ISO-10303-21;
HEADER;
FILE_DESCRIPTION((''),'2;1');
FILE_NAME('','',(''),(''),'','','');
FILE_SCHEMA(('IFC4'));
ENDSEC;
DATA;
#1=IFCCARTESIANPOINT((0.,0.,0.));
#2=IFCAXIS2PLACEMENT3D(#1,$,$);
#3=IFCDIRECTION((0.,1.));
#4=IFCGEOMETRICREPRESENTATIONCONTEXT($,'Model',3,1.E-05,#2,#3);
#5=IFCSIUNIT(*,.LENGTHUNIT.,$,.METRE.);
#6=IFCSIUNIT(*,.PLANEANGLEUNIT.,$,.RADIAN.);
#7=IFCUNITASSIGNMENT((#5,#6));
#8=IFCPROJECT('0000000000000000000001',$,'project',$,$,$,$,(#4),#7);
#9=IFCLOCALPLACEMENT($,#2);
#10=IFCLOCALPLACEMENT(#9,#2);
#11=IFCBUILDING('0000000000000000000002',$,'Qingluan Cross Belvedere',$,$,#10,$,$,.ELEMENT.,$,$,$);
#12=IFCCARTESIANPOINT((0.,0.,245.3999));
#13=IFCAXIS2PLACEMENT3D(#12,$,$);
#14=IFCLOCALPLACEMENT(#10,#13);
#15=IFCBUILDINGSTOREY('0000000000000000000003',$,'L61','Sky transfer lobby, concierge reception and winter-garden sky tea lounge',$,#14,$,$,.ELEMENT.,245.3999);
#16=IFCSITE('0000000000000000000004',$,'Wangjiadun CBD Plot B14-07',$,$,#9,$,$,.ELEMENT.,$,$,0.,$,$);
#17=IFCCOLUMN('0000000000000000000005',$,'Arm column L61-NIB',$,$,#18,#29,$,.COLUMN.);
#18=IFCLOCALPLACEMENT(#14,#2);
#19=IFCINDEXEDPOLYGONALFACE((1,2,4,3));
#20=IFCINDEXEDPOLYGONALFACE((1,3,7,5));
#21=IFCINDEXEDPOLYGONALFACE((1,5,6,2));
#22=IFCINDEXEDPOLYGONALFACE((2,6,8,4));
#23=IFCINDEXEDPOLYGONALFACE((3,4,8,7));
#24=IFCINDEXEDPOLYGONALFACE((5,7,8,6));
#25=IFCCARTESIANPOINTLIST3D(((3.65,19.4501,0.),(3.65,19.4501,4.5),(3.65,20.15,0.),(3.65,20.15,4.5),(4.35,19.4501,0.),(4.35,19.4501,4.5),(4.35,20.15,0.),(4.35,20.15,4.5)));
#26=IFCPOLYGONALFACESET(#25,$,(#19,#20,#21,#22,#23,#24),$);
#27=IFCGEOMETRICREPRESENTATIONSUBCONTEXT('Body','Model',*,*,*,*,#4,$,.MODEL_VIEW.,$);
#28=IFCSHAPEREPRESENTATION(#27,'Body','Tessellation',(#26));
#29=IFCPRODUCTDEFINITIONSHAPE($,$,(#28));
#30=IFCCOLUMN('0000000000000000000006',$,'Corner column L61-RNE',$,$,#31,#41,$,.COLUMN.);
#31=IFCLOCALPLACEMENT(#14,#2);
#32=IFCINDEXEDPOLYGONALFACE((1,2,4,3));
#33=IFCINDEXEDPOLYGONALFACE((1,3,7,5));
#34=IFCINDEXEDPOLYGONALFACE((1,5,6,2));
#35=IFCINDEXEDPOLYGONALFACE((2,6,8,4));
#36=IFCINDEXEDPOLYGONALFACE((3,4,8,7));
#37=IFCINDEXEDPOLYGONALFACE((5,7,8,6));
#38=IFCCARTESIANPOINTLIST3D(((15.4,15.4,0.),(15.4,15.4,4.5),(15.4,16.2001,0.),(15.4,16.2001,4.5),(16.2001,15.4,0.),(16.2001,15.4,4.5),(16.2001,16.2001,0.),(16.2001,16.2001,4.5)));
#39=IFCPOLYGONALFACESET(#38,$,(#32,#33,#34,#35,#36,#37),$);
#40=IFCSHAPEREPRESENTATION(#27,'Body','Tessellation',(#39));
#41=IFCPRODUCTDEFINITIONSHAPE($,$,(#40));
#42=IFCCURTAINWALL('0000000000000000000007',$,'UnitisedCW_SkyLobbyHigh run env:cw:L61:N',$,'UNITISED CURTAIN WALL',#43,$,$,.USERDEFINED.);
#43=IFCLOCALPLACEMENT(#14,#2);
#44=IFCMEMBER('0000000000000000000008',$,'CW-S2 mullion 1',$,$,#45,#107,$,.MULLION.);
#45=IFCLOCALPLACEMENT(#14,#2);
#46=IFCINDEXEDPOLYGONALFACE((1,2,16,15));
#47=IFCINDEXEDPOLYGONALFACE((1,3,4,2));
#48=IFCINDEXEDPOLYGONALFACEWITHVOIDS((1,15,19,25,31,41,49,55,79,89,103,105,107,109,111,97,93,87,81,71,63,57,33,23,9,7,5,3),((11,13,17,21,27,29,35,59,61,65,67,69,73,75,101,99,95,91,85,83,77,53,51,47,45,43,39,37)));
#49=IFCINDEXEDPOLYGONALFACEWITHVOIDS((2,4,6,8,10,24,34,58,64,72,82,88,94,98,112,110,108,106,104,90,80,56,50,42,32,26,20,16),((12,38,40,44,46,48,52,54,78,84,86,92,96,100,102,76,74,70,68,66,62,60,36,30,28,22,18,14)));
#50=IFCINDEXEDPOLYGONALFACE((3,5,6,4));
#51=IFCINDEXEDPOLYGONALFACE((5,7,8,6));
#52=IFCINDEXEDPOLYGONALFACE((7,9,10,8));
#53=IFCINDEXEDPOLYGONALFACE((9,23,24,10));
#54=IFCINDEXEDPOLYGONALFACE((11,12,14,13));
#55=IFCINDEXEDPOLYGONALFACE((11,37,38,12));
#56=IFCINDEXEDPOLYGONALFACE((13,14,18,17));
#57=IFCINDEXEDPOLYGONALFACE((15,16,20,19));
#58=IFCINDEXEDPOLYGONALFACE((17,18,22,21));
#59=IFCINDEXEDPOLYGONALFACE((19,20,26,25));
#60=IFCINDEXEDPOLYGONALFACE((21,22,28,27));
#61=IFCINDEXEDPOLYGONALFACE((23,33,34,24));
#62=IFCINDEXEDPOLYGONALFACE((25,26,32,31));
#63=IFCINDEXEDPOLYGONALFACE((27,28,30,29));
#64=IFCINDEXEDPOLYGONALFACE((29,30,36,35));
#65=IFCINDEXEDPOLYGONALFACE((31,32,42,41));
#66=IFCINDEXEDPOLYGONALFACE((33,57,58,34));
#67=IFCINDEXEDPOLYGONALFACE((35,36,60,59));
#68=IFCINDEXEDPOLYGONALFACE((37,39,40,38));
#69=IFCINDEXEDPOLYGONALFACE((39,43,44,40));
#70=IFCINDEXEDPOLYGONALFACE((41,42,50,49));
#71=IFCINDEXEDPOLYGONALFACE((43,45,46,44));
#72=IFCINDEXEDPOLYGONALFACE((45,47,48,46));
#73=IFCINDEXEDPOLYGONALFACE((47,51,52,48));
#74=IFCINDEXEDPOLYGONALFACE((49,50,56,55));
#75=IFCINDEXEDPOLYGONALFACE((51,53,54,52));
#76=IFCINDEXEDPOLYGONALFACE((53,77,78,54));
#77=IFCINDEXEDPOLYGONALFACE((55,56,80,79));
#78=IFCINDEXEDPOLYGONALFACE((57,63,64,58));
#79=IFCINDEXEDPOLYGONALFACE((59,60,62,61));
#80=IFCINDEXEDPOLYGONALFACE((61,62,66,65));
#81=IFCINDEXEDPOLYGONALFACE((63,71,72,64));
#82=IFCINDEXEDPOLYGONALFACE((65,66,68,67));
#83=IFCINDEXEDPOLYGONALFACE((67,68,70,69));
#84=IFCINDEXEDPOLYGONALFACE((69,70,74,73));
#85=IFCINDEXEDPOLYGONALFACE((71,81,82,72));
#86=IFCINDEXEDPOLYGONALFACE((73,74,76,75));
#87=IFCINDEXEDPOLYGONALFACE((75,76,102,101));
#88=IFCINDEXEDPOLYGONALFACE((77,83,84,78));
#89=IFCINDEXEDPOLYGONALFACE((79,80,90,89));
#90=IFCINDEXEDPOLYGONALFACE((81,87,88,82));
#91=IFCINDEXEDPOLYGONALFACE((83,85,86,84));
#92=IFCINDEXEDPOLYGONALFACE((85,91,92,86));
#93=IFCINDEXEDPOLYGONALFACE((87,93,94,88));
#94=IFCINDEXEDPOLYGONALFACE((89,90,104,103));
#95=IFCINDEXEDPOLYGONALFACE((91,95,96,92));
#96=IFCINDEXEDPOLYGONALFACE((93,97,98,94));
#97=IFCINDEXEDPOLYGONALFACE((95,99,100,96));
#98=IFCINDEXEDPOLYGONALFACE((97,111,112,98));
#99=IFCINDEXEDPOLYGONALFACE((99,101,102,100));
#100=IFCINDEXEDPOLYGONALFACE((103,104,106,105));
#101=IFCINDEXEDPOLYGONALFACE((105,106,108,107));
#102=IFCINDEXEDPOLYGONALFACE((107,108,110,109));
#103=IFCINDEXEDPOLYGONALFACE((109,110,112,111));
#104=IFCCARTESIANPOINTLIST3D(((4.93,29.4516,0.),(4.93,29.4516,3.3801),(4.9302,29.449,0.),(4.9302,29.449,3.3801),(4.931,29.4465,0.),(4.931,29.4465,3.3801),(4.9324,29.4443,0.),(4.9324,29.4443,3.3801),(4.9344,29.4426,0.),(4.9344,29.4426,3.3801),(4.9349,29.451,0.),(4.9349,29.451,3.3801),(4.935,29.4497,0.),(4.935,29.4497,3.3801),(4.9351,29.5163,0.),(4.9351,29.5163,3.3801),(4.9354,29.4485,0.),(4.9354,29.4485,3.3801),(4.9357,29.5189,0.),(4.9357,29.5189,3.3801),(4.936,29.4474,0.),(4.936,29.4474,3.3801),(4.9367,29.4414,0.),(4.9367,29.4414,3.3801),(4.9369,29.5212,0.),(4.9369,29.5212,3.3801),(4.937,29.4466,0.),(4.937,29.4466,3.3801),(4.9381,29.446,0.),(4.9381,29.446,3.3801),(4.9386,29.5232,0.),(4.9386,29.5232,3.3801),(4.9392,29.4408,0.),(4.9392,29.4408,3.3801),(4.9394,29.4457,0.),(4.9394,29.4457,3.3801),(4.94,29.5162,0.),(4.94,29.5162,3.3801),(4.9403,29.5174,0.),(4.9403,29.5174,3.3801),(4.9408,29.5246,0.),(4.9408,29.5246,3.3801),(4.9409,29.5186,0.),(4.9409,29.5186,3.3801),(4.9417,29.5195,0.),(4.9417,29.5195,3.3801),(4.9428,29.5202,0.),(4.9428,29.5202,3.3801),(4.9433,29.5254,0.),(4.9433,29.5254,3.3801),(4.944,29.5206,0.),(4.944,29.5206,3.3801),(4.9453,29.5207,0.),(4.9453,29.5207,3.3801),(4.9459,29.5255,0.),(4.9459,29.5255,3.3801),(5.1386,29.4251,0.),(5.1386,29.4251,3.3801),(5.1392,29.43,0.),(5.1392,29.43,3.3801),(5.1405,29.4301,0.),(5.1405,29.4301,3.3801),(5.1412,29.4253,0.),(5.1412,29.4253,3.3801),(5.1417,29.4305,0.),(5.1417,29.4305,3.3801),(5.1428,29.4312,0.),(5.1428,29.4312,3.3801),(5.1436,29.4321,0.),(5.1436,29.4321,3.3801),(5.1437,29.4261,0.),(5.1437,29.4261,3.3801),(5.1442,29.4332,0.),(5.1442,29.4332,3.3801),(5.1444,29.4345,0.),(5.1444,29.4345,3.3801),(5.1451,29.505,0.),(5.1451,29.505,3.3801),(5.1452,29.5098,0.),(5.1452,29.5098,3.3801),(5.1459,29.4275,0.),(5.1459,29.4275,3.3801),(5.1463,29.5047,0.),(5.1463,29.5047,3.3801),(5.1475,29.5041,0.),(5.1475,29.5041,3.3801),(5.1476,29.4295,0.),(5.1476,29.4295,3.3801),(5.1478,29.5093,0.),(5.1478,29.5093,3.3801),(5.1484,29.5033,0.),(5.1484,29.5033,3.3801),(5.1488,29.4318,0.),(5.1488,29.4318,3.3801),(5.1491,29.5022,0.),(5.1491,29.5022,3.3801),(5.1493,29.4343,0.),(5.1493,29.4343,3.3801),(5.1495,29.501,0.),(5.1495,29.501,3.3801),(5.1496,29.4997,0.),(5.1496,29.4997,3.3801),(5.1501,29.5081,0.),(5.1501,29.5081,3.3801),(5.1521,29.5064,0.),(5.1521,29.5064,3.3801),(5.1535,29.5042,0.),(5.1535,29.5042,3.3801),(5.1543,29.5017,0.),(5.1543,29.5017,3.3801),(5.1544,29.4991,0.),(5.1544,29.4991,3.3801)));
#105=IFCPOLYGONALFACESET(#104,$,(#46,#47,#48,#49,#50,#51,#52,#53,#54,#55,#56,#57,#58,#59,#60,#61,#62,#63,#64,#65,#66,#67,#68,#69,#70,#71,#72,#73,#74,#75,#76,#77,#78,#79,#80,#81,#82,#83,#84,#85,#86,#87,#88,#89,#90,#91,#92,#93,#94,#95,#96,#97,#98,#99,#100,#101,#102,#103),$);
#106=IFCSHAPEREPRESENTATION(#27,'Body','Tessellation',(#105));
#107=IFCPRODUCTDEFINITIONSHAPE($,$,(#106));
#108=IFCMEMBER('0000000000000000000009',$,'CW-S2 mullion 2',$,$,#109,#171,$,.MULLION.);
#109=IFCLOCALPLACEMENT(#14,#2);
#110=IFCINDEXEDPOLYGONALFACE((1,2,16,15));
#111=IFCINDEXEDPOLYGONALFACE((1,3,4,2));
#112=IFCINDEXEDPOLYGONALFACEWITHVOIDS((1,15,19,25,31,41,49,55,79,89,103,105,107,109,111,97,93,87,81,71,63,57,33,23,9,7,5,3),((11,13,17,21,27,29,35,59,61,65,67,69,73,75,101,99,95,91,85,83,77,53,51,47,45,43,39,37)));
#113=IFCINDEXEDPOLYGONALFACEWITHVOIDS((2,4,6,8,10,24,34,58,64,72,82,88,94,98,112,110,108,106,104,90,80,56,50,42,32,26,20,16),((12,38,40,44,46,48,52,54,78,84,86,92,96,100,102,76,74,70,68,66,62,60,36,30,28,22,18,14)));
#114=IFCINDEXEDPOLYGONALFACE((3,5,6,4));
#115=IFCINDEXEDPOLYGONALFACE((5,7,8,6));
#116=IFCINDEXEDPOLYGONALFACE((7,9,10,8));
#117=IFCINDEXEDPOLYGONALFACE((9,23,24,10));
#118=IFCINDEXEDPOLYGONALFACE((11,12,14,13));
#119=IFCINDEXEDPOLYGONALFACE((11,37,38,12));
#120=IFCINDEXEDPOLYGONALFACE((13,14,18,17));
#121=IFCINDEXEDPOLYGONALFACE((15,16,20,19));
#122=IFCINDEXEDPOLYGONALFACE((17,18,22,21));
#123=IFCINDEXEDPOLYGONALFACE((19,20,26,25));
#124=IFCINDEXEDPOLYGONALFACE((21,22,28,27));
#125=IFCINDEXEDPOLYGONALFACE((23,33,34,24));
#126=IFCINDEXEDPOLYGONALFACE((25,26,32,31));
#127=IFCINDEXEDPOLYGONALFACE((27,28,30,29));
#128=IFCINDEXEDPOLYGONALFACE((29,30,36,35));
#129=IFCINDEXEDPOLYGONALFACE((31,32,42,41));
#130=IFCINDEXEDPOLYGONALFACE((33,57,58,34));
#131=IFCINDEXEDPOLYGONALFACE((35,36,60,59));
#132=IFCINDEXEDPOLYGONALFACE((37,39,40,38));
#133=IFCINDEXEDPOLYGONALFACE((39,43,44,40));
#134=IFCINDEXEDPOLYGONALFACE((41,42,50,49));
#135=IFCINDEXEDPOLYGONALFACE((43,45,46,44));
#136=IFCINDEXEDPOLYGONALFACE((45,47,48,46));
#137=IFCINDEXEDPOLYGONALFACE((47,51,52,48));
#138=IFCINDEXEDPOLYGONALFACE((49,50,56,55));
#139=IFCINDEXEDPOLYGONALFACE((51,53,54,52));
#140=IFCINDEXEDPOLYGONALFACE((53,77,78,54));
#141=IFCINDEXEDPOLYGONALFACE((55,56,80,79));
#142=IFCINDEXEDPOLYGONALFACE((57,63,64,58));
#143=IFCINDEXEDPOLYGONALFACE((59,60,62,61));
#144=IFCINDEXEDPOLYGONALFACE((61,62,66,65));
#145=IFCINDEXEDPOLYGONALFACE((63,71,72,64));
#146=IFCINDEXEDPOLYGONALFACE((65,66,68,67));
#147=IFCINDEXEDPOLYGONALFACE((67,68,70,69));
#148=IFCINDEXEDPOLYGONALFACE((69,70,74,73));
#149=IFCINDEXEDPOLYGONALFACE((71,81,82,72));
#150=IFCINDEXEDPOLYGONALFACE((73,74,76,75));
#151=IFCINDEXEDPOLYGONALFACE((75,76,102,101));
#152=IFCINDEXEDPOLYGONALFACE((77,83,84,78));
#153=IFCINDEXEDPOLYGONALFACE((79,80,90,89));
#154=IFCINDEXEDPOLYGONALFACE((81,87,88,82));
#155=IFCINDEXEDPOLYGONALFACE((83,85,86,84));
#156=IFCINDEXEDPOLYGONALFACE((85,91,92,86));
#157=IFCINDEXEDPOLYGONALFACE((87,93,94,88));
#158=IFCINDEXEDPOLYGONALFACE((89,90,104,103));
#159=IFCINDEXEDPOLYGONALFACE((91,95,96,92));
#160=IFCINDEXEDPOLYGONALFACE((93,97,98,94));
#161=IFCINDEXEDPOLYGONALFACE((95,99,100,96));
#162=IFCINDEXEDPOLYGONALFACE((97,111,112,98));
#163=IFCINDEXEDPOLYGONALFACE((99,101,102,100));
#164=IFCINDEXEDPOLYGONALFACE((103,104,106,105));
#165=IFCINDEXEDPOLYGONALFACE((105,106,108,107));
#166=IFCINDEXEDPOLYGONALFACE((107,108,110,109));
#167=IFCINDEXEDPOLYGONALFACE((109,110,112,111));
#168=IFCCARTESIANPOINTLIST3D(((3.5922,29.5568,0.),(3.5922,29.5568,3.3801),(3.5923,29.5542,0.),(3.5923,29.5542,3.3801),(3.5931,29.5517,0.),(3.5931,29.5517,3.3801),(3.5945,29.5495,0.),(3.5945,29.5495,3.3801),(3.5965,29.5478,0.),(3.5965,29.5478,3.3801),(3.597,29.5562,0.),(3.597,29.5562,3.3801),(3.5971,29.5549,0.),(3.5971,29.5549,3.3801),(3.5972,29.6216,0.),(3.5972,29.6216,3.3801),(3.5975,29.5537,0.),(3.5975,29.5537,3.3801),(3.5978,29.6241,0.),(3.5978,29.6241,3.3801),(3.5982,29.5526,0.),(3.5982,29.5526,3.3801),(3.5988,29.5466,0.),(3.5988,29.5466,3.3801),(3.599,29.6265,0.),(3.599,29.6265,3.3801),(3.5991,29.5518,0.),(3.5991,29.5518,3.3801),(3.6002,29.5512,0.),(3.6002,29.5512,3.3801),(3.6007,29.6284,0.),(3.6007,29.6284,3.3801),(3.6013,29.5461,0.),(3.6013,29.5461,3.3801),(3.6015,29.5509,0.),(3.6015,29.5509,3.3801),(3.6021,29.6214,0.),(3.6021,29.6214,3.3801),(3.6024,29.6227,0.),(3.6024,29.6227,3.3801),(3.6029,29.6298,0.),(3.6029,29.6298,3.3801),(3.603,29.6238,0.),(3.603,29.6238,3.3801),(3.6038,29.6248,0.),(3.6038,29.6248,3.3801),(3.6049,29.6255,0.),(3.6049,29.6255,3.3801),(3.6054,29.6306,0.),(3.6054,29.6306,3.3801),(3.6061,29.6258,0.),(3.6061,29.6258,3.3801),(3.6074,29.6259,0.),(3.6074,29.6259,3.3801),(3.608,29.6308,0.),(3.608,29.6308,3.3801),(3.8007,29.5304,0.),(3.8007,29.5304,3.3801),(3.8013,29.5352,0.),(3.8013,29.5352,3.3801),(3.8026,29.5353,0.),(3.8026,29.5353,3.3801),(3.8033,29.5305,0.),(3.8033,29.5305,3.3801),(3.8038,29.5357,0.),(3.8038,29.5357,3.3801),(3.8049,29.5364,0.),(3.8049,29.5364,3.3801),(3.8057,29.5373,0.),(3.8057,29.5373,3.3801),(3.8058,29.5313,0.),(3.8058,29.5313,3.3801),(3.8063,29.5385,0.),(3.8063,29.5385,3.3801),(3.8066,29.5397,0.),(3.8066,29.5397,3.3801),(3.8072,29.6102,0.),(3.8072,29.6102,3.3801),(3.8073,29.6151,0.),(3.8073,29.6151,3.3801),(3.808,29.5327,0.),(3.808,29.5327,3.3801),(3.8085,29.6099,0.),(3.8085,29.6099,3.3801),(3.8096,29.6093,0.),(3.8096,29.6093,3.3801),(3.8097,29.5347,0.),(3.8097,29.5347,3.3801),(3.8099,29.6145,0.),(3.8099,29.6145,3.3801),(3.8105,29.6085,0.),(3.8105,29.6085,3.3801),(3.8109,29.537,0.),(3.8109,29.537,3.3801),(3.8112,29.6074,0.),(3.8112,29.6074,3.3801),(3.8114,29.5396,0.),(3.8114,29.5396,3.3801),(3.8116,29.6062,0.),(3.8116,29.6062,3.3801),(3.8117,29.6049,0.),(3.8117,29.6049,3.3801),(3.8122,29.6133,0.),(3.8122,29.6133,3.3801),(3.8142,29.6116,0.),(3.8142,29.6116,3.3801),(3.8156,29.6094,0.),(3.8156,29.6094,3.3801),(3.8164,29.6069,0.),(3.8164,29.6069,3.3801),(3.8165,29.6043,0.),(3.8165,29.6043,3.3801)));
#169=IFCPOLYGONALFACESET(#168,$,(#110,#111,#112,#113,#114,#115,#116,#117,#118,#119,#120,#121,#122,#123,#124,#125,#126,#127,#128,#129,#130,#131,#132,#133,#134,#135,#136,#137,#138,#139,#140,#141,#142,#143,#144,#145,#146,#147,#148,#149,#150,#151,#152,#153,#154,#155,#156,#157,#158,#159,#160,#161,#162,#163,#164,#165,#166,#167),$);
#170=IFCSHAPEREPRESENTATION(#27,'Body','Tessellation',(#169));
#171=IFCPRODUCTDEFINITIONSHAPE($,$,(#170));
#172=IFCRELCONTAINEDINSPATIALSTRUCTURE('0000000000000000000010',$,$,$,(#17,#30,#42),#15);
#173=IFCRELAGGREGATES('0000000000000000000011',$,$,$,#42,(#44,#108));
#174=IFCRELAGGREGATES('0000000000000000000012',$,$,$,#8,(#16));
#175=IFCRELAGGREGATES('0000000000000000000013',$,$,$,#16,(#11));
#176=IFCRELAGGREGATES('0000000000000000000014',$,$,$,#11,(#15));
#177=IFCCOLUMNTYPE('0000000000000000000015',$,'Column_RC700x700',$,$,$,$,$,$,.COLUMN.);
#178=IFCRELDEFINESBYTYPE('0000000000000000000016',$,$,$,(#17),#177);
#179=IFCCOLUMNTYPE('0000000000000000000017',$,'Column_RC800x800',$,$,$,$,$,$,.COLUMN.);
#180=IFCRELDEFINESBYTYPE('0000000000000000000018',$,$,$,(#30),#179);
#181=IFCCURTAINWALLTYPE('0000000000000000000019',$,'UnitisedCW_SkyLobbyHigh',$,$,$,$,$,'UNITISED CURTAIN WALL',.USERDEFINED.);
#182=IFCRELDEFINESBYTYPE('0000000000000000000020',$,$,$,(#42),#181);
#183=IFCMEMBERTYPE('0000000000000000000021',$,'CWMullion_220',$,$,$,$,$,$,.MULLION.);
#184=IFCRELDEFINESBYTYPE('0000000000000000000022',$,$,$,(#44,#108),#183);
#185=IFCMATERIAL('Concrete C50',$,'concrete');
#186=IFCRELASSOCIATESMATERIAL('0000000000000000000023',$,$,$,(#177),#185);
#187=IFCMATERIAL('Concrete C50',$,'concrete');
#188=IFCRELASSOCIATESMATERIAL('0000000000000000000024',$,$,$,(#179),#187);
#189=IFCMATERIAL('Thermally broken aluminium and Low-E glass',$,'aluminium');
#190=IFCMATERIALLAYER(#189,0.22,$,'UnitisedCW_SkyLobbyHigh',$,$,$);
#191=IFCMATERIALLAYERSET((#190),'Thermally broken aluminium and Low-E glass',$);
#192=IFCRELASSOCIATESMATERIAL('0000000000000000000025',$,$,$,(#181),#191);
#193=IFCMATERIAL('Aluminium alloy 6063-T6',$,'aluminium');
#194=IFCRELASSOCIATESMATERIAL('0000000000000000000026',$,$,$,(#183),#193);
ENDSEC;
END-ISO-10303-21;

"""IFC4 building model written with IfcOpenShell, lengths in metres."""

from ifc_helpers import new_model, si_unit, direction, frame, origin, origin_2d, place, context, subcontext, project, spatial, rectangle, hollow_rectangle, extrude, material, layer, layer_set, material_profile, profile_set, type_object, element, aggregate, save


model = new_model("IFC4")

# Units and contexts
model_context = context("Model", 3, precision=1e-05, world=origin(), true_north=direction((0.0, 1.0)))
body_context = subcontext(model_context, "Body", "Model", "MODEL_VIEW")
ifc_project = project(units=[si_unit("LENGTHUNIT", "METRE"), si_unit("PLANEANGLEUNIT", "RADIAN")], contexts=[model_context])

# Site, building, storey
site_placement = place(None, origin())
site = spatial("IfcSite", under=ifc_project, at=site_placement, Name="Wangjiadun CBD Plot B14-07", CompositionType="ELEMENT", RefElevation=0.0)
building_placement = place(site_placement, origin())
building = spatial("IfcBuilding", under=site, at=building_placement, Name="Qingluan Cross Belvedere", CompositionType="ELEMENT")
storey_placement = place(building_placement, frame((0.0, 0.0, 245.3999)))
storey = spatial("IfcBuildingStorey", under=building, at=storey_placement, Name="L61", Description="Sky transfer lobby, concierge reception and winter-garden sky tea lounge", CompositionType="ELEMENT", Elevation=245.3999)

# Columns
ifc_material_1 = material(Name="Concrete C50", Category="concrete")
ifc_material_profile_1 = material_profile(ifc_material_1, rectangle(XDim=0.7, YDim=0.7, at=origin_2d()), Name="RC700x700")
ifc_profile_set_1 = profile_set([ifc_material_profile_1], Name="Concrete C50")
column_type_1 = type_object("IfcColumnType", Name="Column_RC700x700", PredefinedType="COLUMN", material=ifc_profile_set_1)
column_1_placement = place(storey_placement, frame((4.0, 19.8, 0.0), z_axis=(0.0, 0.0, 1.0), x_axis=(1.0, 0.0, 0.0)))
element("IfcColumn", 1, at=column_1_placement, inside=storey, type_object=column_type_1, Name="Arm column L61-NIB", PredefinedType="COLUMN", context=body_context, shape_type="SweptSolid", body=[
    extrude(rectangle(XDim=0.7, YDim=0.7, at=origin_2d()), origin(), (0.0, 0.0, 1.0), 4.5),
])
ifc_material_2 = material(Name="Concrete C50", Category="concrete")
ifc_material_profile_2 = material_profile(ifc_material_2, rectangle(XDim=0.8, YDim=0.8, at=origin_2d()), Name="RC800x800")
ifc_profile_set_2 = profile_set([ifc_material_profile_2], Name="Concrete C50")
column_type_2 = type_object("IfcColumnType", Name="Column_RC800x800", PredefinedType="COLUMN", material=ifc_profile_set_2)
column_2_placement = place(storey_placement, frame((15.8, 15.8, 0.0), z_axis=(0.0, 0.0, 1.0), x_axis=(1.0, 0.0, 0.0)))
element("IfcColumn", 2, at=column_2_placement, inside=storey, type_object=column_type_2, Name="Corner column L61-RNE", PredefinedType="COLUMN", context=body_context, shape_type="SweptSolid", body=[
    extrude(rectangle(XDim=0.8, YDim=0.8, at=origin_2d()), origin(), (0.0, 0.0, 1.0), 4.5),
])

# Curtain wall, members
ifc_material_3 = material(Name="Thermally broken aluminium and Low-E glass", Category="aluminium")
ifc_layer_1 = layer(ifc_material_3, 0.22, Name="UnitisedCW_SkyLobbyHigh")
ifc_layer_set_1 = layer_set([ifc_layer_1], Name="Thermally broken aluminium and Low-E glass")
curtain_wall_type = type_object("IfcCurtainWallType", Name="UnitisedCW_SkyLobbyHigh", ElementType="UNITISED CURTAIN WALL", PredefinedType="USERDEFINED", material=ifc_layer_set_1)
curtain_wall_placement = place(storey_placement, origin())
curtain_wall = element("IfcCurtainWall", 3, at=curtain_wall_placement, inside=storey, type_object=curtain_wall_type, Name="UnitisedCW_SkyLobbyHigh run env:cw:L61:N", ObjectType="UNITISED CURTAIN WALL", PredefinedType="USERDEFINED")
ifc_material_4 = material(Name="Aluminium alloy 6063-T6", Category="aluminium")
ifc_material_profile_3 = material_profile(ifc_material_4, hollow_rectangle(XDim=0.085, YDim=0.22, WallThickness=0.0049, InnerFilletRadius=0.0049, OuterFilletRadius=0.01, at=origin_2d()), Name="CWM220x85x5")
ifc_profile_set_3 = profile_set([ifc_material_profile_3], Name="Aluminium alloy 6063-T6")
member_type_1 = type_object("IfcMemberType", Name="CWMullion_220", PredefinedType="MULLION", material=ifc_profile_set_3)
member_1_placement = place(storey_placement, frame((5.0422, 29.4753, 0.0), z_axis=(0.0, 0.0, 1.0), x_axis=(-0.078462, -0.996917, 0.0)))
member_1 = element("IfcMember", 4, at=member_1_placement, type_object=member_type_1, Name="CW-S2 mullion 1", PredefinedType="MULLION", context=body_context, shape_type="SweptSolid", body=[
    extrude(hollow_rectangle(XDim=0.085, YDim=0.22, WallThickness=0.0049, InnerFilletRadius=0.0049, OuterFilletRadius=0.01, at=origin_2d()), origin(), (0.0, 0.0, 1.0), 3.3801),
])
member_2_placement = place(storey_placement, frame((3.7043, 29.5806, 0.0), z_axis=(0.0, 0.0, 1.0), x_axis=(-0.078462, -0.996917, 0.0)))
member_2 = element("IfcMember", 5, at=member_2_placement, type_object=member_type_1, Name="CW-S2 mullion 2", PredefinedType="MULLION", context=body_context, shape_type="SweptSolid", body=[
    extrude(hollow_rectangle(XDim=0.085, YDim=0.22, WallThickness=0.0049, InnerFilletRadius=0.0049, OuterFilletRadius=0.01, at=origin_2d()), origin(), (0.0, 0.0, 1.0), 3.3801),
])

aggregate(curtain_wall, [member_1, member_2])

save(model, "model.ifc")
